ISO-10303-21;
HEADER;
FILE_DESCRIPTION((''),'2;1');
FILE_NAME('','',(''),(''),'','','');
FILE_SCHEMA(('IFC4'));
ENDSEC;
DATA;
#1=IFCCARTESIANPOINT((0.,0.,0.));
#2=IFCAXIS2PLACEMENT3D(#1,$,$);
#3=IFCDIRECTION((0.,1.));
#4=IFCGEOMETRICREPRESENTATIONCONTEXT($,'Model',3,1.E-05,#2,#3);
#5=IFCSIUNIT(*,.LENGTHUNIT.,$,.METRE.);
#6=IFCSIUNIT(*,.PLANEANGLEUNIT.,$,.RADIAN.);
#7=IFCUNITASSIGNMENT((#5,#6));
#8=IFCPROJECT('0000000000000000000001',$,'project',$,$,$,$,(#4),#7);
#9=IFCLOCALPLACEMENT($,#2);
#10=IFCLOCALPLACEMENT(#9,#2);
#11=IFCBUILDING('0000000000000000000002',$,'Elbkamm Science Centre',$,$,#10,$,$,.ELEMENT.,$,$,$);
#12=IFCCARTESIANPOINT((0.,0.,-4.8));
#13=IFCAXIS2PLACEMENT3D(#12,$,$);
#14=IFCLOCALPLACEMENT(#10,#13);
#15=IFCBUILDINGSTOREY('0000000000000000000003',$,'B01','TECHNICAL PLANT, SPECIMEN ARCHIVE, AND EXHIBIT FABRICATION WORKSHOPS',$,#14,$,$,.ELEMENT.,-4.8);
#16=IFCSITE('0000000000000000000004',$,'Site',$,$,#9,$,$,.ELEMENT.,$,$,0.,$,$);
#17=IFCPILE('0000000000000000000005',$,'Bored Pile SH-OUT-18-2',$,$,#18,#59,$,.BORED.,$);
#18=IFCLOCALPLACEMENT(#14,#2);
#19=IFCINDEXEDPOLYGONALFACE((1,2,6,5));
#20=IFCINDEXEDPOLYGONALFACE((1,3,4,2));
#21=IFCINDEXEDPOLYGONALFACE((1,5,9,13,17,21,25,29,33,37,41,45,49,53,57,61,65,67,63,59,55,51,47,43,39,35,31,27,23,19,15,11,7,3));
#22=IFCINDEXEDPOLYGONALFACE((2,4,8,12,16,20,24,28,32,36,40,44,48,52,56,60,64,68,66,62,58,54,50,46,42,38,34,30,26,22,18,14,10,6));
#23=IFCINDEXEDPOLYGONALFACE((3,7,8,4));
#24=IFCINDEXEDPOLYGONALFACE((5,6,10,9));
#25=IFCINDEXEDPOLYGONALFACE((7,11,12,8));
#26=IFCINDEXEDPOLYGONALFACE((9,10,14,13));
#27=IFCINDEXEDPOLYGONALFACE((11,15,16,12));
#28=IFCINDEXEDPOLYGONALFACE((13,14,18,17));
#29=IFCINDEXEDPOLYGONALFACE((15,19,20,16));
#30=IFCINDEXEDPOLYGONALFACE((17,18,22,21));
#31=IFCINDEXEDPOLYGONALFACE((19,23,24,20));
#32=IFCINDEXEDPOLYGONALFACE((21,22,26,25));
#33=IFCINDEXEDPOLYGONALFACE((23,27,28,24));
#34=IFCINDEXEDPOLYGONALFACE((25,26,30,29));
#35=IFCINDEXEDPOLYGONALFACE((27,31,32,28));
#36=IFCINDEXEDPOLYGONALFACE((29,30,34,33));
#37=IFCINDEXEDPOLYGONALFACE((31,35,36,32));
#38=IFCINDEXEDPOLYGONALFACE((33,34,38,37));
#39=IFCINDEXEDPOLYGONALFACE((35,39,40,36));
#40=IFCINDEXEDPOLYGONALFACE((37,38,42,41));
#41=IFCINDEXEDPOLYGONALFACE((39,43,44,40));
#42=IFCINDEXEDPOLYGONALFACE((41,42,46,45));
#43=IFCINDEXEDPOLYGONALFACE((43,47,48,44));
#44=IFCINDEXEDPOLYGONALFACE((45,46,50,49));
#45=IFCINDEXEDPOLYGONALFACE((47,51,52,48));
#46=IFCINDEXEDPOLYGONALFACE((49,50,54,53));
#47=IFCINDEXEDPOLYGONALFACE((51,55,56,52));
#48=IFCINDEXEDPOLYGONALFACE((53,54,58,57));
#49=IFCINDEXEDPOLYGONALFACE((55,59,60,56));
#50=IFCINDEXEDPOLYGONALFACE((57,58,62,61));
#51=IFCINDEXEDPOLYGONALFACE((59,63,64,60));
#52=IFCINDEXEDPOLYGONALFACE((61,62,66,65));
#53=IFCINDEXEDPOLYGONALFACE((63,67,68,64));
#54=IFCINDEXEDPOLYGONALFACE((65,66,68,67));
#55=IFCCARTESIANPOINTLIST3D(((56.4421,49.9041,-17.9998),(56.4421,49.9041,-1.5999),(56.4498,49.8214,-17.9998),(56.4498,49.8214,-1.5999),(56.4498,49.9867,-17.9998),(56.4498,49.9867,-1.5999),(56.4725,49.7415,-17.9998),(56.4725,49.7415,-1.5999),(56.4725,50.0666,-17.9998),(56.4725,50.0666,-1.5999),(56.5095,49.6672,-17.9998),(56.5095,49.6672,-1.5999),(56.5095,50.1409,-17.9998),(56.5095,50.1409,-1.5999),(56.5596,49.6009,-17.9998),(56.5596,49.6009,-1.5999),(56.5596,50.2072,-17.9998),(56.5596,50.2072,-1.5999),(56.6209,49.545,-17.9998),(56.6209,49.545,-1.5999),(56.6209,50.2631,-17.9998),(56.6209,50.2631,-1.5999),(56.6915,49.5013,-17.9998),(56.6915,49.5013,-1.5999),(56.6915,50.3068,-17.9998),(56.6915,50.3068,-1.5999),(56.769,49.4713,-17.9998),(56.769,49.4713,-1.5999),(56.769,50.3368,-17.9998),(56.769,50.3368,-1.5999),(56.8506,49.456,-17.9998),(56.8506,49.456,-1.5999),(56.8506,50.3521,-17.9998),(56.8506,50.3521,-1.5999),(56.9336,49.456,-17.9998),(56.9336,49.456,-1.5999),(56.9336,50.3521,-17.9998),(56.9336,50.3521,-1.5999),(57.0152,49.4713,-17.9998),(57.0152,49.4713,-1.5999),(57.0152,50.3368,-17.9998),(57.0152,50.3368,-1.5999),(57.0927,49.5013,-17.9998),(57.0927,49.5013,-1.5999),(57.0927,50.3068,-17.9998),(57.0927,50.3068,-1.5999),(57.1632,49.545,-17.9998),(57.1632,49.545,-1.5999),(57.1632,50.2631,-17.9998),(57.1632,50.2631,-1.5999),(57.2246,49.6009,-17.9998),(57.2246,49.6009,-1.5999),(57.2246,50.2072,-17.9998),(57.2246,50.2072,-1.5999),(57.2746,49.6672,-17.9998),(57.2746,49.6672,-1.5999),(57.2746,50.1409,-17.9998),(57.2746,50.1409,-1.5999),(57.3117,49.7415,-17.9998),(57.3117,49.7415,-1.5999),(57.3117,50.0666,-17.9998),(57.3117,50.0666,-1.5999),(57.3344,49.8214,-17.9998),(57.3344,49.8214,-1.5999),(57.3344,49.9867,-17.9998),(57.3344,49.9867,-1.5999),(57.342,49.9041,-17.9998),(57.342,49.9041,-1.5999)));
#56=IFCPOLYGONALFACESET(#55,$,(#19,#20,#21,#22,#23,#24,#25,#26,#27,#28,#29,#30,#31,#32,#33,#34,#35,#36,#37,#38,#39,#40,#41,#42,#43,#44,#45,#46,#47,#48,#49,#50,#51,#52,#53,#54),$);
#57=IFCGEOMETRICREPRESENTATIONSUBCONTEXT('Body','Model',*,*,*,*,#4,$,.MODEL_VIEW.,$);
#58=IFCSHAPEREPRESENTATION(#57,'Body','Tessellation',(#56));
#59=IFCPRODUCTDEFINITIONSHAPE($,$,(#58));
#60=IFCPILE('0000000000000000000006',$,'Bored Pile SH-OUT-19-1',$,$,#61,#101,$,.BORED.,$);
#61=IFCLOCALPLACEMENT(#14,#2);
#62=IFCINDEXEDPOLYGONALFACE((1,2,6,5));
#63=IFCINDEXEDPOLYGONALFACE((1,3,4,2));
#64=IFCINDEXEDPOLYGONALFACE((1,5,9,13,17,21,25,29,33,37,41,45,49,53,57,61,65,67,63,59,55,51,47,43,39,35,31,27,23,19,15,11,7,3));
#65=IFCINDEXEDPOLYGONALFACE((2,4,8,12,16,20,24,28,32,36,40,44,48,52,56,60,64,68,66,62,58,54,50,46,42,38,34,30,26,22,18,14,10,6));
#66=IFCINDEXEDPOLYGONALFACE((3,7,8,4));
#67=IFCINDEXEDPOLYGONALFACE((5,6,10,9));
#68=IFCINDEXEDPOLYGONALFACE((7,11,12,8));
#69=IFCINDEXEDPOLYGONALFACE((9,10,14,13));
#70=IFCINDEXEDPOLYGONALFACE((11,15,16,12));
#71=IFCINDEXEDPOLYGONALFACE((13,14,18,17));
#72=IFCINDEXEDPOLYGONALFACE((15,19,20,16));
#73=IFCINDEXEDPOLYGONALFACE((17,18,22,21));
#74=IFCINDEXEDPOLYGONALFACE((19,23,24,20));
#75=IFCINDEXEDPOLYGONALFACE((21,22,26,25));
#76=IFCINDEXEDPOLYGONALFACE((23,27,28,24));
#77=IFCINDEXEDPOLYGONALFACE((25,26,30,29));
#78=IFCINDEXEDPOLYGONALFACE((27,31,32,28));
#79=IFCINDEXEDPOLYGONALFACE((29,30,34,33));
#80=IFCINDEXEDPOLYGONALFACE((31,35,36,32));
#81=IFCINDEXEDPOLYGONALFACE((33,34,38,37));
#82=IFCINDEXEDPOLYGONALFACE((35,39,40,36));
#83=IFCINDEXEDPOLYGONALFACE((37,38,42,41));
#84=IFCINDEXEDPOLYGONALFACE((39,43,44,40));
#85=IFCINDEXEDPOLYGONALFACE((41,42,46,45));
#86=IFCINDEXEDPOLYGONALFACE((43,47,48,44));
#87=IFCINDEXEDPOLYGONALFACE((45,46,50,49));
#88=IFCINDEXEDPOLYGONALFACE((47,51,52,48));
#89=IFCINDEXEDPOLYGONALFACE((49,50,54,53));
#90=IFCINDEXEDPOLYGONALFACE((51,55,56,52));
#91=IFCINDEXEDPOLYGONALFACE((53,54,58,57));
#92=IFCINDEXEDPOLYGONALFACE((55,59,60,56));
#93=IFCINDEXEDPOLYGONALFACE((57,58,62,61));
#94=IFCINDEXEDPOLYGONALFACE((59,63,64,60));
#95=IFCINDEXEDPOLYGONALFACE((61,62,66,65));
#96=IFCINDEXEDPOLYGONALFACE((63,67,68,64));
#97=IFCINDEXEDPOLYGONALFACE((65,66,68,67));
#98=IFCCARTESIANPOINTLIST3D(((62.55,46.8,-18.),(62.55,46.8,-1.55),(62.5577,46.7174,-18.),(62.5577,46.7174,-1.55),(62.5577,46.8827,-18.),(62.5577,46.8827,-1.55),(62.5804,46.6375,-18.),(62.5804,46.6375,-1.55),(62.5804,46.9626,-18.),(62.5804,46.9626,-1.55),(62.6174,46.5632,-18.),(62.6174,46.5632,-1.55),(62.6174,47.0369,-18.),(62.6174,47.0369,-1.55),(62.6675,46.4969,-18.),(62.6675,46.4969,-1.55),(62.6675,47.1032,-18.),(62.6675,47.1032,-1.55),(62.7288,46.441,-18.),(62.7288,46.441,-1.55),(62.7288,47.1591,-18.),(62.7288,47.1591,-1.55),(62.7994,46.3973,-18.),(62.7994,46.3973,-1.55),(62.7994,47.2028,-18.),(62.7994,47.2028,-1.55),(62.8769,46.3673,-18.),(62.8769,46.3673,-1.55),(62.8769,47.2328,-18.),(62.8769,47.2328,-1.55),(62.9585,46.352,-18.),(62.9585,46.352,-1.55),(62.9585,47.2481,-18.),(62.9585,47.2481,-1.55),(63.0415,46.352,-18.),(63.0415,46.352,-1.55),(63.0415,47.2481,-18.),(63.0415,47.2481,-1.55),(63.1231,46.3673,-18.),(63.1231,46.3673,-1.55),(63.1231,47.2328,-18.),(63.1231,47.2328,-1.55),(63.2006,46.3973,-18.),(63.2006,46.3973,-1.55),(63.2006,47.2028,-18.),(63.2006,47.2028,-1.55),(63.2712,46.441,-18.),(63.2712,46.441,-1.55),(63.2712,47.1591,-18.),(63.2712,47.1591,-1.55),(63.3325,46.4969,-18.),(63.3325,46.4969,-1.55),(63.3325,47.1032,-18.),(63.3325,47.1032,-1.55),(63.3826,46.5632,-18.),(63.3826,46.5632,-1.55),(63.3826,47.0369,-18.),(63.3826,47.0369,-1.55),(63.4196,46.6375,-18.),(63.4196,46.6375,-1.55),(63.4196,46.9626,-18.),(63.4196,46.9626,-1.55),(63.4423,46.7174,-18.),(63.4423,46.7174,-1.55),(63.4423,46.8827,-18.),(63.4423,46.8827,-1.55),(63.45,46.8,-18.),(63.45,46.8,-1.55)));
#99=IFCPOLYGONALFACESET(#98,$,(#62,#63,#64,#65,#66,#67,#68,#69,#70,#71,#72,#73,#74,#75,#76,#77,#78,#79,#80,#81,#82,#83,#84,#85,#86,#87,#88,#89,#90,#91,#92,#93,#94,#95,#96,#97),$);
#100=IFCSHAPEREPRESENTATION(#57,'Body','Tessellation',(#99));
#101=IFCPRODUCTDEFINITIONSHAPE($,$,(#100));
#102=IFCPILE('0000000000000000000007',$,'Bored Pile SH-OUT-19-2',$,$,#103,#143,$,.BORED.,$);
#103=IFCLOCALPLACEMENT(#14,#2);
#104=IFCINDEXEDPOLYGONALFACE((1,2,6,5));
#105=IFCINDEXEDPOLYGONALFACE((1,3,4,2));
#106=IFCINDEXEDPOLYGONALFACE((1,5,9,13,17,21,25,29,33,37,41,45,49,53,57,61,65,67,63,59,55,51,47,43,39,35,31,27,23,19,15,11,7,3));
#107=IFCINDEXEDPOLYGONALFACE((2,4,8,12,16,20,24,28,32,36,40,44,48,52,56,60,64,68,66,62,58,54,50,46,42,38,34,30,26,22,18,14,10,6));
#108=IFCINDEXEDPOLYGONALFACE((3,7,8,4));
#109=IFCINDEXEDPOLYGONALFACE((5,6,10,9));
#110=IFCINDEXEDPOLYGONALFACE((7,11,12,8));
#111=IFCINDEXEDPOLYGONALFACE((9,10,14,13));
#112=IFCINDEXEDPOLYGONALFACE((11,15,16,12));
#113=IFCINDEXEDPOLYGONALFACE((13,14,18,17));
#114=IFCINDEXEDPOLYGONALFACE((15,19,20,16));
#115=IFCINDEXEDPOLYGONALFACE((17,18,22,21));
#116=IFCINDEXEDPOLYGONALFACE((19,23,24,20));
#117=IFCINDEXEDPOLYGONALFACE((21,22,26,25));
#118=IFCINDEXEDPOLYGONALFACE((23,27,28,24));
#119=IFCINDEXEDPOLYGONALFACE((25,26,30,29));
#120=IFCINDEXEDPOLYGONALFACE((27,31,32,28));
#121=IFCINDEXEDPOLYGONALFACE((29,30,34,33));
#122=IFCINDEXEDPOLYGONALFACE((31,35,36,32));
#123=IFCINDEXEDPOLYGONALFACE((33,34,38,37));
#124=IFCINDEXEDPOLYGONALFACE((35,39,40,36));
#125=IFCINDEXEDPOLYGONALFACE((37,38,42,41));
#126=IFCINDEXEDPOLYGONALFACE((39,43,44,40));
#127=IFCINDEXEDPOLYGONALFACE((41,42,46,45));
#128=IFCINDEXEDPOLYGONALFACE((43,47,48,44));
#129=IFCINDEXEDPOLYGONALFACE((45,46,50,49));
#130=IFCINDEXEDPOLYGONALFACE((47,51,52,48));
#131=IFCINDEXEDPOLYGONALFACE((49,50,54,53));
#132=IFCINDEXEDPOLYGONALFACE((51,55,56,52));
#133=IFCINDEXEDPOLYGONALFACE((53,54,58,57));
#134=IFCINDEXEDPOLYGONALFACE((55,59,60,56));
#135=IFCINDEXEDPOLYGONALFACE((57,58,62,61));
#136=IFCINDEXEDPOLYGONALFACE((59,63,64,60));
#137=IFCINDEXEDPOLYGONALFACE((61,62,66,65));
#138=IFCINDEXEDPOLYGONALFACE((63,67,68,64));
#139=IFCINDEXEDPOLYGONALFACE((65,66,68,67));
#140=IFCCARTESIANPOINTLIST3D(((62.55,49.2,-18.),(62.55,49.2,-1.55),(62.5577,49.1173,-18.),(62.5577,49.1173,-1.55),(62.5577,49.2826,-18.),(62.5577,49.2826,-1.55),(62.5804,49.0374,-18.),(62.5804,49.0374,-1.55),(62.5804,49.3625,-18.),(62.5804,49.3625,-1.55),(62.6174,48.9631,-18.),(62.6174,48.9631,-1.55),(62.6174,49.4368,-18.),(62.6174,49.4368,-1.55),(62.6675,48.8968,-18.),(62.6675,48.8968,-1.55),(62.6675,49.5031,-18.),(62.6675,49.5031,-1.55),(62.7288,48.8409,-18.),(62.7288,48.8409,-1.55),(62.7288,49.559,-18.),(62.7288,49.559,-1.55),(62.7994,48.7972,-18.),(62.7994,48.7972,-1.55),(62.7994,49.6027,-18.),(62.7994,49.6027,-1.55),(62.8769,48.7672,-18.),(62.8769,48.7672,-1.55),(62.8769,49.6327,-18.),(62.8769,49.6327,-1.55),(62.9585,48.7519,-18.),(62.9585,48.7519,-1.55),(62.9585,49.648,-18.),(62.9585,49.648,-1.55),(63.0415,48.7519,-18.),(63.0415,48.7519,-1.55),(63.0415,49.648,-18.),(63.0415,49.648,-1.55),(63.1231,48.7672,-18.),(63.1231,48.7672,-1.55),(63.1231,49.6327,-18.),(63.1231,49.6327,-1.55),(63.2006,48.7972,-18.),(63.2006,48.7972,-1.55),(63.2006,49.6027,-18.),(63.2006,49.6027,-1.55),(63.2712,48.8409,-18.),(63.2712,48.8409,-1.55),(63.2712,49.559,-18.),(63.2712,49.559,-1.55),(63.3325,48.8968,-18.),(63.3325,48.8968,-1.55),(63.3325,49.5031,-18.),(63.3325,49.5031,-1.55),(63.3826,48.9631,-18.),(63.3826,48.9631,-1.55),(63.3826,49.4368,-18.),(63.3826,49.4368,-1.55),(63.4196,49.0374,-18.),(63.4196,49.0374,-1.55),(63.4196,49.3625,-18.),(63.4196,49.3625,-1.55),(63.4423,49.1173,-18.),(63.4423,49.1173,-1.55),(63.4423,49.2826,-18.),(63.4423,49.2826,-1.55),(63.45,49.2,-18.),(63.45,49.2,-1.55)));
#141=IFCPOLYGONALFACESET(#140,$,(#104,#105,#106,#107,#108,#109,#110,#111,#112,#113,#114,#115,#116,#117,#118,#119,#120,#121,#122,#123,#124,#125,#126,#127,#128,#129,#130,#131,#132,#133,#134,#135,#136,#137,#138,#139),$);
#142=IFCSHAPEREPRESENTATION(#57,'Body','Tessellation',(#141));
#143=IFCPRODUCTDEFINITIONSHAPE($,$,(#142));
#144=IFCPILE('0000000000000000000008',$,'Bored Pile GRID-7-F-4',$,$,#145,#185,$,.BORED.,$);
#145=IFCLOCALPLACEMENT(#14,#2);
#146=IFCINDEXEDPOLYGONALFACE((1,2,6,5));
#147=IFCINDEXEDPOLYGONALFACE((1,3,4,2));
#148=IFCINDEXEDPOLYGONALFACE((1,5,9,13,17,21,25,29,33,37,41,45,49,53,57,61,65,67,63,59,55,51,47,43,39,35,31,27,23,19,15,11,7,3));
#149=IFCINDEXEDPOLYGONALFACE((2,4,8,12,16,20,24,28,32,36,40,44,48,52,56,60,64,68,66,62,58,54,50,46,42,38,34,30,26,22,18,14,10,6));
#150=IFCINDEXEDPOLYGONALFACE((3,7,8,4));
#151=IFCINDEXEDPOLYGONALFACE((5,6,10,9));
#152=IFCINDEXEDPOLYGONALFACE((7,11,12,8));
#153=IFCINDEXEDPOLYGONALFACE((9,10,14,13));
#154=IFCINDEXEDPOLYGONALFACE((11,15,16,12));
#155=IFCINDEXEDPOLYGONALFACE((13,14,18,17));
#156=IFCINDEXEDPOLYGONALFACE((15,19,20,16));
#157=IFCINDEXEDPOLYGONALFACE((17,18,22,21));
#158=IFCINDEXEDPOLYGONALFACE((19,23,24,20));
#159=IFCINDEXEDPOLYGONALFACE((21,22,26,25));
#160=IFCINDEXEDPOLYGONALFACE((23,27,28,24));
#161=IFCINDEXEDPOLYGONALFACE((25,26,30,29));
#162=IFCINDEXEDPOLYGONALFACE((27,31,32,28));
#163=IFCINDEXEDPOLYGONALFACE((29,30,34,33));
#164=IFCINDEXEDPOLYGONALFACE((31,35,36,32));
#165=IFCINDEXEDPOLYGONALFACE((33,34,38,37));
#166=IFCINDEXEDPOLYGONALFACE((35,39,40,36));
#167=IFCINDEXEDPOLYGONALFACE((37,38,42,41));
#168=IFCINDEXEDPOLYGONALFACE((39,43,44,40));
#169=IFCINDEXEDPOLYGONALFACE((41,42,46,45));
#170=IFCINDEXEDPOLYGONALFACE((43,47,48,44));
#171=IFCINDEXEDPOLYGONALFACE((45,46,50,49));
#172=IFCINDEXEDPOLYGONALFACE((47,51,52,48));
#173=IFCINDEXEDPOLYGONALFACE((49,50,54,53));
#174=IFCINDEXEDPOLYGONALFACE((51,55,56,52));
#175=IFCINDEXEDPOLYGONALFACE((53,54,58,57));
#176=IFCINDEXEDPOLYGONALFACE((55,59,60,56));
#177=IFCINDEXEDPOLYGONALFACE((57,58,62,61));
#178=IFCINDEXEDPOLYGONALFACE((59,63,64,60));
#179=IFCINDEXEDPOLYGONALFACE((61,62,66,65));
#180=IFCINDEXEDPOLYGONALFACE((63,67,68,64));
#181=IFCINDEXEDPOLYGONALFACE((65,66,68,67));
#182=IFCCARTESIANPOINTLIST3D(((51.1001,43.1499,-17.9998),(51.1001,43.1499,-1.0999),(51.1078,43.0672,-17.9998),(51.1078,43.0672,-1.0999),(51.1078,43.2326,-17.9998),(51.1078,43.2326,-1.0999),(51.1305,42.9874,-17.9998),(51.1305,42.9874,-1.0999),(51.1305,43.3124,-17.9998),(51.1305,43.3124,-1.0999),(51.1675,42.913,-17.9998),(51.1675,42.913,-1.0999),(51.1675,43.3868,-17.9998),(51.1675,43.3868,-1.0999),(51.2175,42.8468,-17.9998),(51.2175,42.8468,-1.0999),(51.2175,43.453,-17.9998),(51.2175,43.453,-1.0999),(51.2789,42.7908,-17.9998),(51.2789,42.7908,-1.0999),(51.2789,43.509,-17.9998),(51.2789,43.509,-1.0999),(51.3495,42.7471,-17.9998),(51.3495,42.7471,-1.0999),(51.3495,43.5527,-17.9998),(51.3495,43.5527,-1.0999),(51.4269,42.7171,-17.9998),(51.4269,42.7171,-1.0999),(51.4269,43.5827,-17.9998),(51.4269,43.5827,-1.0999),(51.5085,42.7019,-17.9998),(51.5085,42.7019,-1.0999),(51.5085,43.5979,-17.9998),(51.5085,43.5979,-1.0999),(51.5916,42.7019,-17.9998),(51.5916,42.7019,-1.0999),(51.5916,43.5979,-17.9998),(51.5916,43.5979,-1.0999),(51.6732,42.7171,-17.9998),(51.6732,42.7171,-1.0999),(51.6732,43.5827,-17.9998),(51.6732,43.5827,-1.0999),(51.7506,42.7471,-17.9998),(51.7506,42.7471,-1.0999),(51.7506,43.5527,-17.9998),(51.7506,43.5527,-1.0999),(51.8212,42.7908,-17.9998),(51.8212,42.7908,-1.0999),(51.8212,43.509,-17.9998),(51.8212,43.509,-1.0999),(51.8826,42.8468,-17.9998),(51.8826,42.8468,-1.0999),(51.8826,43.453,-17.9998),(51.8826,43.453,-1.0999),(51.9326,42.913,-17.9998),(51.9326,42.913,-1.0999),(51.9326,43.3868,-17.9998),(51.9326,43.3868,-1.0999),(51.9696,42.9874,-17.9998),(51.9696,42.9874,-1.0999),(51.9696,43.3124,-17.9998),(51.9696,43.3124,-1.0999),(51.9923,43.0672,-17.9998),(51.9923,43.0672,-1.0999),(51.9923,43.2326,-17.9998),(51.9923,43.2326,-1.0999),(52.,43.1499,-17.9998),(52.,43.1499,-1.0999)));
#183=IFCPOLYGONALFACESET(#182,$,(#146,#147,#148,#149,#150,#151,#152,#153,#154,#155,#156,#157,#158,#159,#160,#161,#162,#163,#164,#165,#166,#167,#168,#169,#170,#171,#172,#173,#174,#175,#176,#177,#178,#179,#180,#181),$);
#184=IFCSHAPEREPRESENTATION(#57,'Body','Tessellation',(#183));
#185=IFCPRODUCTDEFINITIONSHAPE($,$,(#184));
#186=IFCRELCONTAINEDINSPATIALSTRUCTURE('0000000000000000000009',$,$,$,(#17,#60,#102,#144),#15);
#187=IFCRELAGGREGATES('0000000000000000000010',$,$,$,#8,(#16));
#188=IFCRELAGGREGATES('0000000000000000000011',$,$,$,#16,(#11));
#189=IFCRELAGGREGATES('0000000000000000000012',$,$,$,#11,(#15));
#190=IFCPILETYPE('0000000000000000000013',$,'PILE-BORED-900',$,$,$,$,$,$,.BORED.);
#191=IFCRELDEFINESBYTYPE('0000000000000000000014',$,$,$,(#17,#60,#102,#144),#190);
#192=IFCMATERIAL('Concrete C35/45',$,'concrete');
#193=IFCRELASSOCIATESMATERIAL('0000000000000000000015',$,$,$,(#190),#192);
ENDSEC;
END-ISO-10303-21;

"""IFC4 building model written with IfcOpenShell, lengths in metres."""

from ifc_helpers import new_model, si_unit, direction, frame, origin, origin_2d, place, context, subcontext, project, spatial, circle, extrude, material, material_profile, profile_set, type_object, element, save


model = new_model("IFC4")

# Units and contexts
model_context = context("Model", 3, precision=1e-05, world=origin(), true_north=direction((0.0, 1.0)))
body_context = subcontext(model_context, "Body", "Model", "MODEL_VIEW")
ifc_project = project(units=[si_unit("LENGTHUNIT", "METRE"), si_unit("PLANEANGLEUNIT", "RADIAN")], contexts=[model_context])

# Site, building, storey
site_placement = place(None, origin())
site = spatial("IfcSite", under=ifc_project, at=site_placement, Name="Site", CompositionType="ELEMENT", RefElevation=0.0)
building_placement = place(site_placement, origin())
building = spatial("IfcBuilding", under=site, at=building_placement, Name="Elbkamm Science Centre", CompositionType="ELEMENT")
storey_placement = place(building_placement, frame((0.0, 0.0, -4.8)))
storey = spatial("IfcBuildingStorey", under=building, at=storey_placement, Name="B01", Description="TECHNICAL PLANT, SPECIMEN ARCHIVE, AND EXHIBIT FABRICATION WORKSHOPS", CompositionType="ELEMENT", Elevation=-4.8)

# Shared definitions
ifc_material_1 = material(Name="Concrete C35/45", Category="concrete")

# Piles
ifc_material_profile_1 = material_profile(ifc_material_1, circle(Radius=0.45, at=origin_2d()), Name="PILE D900")
ifc_profile_set_1 = profile_set([ifc_material_profile_1], Name="Concrete C35/45")
pile_type = type_object("IfcPileType", Name="PILE-BORED-900", PredefinedType="BORED", material=ifc_profile_set_1)
for number, where, z_axis, x_axis, name in (
    (1, (56.8921, 49.9041, -1.5999), (0.0, 0.0, -1.0), (1.0, 0.0, 0.0), "Bored Pile SH-OUT-18-2"),
):
    element("IfcPile", number, at=place(storey_placement, frame(where, z_axis=z_axis, x_axis=x_axis)), inside=storey, type_object=pile_type, Name=name, PredefinedType="BORED", context=body_context, shape_type="SweptSolid", body=[
        extrude(circle(Radius=0.45, at=origin_2d()), origin(), (0.0, 0.0, 1.0), 16.3999),
    ])
for number, where, z_axis, x_axis, name in (
    (2, (63.0, 46.8, -1.55), (0.0, 0.0, -1.0), (1.0, 0.0, 0.0), "Bored Pile SH-OUT-19-1"),
    (3, (63.0, 49.2, -1.55), (0.0, 0.0, -1.0), (1.0, 0.0, 0.0), "Bored Pile SH-OUT-19-2"),
):
    element("IfcPile", number, at=place(storey_placement, frame(where, z_axis=z_axis, x_axis=x_axis)), inside=storey, type_object=pile_type, Name=name, PredefinedType="BORED", context=body_context, shape_type="SweptSolid", body=[
        extrude(circle(Radius=0.45, at=origin_2d()), origin(), (0.0, 0.0, 1.0), 16.45),
    ])
pile_placement = place(storey_placement, frame((51.55, 43.1499, -1.0999), z_axis=(0.0, 0.0, -1.0), x_axis=(1.0, 0.0, 0.0)))
element("IfcPile", 4, at=pile_placement, inside=storey, type_object=pile_type, Name="Bored Pile GRID-7-F-4", PredefinedType="BORED", context=body_context, shape_type="SweptSolid", body=[
    extrude(circle(Radius=0.45, at=origin_2d()), origin(), (0.0, 0.0, 1.0), 16.8999),
])

save(model, "model.ifc")
